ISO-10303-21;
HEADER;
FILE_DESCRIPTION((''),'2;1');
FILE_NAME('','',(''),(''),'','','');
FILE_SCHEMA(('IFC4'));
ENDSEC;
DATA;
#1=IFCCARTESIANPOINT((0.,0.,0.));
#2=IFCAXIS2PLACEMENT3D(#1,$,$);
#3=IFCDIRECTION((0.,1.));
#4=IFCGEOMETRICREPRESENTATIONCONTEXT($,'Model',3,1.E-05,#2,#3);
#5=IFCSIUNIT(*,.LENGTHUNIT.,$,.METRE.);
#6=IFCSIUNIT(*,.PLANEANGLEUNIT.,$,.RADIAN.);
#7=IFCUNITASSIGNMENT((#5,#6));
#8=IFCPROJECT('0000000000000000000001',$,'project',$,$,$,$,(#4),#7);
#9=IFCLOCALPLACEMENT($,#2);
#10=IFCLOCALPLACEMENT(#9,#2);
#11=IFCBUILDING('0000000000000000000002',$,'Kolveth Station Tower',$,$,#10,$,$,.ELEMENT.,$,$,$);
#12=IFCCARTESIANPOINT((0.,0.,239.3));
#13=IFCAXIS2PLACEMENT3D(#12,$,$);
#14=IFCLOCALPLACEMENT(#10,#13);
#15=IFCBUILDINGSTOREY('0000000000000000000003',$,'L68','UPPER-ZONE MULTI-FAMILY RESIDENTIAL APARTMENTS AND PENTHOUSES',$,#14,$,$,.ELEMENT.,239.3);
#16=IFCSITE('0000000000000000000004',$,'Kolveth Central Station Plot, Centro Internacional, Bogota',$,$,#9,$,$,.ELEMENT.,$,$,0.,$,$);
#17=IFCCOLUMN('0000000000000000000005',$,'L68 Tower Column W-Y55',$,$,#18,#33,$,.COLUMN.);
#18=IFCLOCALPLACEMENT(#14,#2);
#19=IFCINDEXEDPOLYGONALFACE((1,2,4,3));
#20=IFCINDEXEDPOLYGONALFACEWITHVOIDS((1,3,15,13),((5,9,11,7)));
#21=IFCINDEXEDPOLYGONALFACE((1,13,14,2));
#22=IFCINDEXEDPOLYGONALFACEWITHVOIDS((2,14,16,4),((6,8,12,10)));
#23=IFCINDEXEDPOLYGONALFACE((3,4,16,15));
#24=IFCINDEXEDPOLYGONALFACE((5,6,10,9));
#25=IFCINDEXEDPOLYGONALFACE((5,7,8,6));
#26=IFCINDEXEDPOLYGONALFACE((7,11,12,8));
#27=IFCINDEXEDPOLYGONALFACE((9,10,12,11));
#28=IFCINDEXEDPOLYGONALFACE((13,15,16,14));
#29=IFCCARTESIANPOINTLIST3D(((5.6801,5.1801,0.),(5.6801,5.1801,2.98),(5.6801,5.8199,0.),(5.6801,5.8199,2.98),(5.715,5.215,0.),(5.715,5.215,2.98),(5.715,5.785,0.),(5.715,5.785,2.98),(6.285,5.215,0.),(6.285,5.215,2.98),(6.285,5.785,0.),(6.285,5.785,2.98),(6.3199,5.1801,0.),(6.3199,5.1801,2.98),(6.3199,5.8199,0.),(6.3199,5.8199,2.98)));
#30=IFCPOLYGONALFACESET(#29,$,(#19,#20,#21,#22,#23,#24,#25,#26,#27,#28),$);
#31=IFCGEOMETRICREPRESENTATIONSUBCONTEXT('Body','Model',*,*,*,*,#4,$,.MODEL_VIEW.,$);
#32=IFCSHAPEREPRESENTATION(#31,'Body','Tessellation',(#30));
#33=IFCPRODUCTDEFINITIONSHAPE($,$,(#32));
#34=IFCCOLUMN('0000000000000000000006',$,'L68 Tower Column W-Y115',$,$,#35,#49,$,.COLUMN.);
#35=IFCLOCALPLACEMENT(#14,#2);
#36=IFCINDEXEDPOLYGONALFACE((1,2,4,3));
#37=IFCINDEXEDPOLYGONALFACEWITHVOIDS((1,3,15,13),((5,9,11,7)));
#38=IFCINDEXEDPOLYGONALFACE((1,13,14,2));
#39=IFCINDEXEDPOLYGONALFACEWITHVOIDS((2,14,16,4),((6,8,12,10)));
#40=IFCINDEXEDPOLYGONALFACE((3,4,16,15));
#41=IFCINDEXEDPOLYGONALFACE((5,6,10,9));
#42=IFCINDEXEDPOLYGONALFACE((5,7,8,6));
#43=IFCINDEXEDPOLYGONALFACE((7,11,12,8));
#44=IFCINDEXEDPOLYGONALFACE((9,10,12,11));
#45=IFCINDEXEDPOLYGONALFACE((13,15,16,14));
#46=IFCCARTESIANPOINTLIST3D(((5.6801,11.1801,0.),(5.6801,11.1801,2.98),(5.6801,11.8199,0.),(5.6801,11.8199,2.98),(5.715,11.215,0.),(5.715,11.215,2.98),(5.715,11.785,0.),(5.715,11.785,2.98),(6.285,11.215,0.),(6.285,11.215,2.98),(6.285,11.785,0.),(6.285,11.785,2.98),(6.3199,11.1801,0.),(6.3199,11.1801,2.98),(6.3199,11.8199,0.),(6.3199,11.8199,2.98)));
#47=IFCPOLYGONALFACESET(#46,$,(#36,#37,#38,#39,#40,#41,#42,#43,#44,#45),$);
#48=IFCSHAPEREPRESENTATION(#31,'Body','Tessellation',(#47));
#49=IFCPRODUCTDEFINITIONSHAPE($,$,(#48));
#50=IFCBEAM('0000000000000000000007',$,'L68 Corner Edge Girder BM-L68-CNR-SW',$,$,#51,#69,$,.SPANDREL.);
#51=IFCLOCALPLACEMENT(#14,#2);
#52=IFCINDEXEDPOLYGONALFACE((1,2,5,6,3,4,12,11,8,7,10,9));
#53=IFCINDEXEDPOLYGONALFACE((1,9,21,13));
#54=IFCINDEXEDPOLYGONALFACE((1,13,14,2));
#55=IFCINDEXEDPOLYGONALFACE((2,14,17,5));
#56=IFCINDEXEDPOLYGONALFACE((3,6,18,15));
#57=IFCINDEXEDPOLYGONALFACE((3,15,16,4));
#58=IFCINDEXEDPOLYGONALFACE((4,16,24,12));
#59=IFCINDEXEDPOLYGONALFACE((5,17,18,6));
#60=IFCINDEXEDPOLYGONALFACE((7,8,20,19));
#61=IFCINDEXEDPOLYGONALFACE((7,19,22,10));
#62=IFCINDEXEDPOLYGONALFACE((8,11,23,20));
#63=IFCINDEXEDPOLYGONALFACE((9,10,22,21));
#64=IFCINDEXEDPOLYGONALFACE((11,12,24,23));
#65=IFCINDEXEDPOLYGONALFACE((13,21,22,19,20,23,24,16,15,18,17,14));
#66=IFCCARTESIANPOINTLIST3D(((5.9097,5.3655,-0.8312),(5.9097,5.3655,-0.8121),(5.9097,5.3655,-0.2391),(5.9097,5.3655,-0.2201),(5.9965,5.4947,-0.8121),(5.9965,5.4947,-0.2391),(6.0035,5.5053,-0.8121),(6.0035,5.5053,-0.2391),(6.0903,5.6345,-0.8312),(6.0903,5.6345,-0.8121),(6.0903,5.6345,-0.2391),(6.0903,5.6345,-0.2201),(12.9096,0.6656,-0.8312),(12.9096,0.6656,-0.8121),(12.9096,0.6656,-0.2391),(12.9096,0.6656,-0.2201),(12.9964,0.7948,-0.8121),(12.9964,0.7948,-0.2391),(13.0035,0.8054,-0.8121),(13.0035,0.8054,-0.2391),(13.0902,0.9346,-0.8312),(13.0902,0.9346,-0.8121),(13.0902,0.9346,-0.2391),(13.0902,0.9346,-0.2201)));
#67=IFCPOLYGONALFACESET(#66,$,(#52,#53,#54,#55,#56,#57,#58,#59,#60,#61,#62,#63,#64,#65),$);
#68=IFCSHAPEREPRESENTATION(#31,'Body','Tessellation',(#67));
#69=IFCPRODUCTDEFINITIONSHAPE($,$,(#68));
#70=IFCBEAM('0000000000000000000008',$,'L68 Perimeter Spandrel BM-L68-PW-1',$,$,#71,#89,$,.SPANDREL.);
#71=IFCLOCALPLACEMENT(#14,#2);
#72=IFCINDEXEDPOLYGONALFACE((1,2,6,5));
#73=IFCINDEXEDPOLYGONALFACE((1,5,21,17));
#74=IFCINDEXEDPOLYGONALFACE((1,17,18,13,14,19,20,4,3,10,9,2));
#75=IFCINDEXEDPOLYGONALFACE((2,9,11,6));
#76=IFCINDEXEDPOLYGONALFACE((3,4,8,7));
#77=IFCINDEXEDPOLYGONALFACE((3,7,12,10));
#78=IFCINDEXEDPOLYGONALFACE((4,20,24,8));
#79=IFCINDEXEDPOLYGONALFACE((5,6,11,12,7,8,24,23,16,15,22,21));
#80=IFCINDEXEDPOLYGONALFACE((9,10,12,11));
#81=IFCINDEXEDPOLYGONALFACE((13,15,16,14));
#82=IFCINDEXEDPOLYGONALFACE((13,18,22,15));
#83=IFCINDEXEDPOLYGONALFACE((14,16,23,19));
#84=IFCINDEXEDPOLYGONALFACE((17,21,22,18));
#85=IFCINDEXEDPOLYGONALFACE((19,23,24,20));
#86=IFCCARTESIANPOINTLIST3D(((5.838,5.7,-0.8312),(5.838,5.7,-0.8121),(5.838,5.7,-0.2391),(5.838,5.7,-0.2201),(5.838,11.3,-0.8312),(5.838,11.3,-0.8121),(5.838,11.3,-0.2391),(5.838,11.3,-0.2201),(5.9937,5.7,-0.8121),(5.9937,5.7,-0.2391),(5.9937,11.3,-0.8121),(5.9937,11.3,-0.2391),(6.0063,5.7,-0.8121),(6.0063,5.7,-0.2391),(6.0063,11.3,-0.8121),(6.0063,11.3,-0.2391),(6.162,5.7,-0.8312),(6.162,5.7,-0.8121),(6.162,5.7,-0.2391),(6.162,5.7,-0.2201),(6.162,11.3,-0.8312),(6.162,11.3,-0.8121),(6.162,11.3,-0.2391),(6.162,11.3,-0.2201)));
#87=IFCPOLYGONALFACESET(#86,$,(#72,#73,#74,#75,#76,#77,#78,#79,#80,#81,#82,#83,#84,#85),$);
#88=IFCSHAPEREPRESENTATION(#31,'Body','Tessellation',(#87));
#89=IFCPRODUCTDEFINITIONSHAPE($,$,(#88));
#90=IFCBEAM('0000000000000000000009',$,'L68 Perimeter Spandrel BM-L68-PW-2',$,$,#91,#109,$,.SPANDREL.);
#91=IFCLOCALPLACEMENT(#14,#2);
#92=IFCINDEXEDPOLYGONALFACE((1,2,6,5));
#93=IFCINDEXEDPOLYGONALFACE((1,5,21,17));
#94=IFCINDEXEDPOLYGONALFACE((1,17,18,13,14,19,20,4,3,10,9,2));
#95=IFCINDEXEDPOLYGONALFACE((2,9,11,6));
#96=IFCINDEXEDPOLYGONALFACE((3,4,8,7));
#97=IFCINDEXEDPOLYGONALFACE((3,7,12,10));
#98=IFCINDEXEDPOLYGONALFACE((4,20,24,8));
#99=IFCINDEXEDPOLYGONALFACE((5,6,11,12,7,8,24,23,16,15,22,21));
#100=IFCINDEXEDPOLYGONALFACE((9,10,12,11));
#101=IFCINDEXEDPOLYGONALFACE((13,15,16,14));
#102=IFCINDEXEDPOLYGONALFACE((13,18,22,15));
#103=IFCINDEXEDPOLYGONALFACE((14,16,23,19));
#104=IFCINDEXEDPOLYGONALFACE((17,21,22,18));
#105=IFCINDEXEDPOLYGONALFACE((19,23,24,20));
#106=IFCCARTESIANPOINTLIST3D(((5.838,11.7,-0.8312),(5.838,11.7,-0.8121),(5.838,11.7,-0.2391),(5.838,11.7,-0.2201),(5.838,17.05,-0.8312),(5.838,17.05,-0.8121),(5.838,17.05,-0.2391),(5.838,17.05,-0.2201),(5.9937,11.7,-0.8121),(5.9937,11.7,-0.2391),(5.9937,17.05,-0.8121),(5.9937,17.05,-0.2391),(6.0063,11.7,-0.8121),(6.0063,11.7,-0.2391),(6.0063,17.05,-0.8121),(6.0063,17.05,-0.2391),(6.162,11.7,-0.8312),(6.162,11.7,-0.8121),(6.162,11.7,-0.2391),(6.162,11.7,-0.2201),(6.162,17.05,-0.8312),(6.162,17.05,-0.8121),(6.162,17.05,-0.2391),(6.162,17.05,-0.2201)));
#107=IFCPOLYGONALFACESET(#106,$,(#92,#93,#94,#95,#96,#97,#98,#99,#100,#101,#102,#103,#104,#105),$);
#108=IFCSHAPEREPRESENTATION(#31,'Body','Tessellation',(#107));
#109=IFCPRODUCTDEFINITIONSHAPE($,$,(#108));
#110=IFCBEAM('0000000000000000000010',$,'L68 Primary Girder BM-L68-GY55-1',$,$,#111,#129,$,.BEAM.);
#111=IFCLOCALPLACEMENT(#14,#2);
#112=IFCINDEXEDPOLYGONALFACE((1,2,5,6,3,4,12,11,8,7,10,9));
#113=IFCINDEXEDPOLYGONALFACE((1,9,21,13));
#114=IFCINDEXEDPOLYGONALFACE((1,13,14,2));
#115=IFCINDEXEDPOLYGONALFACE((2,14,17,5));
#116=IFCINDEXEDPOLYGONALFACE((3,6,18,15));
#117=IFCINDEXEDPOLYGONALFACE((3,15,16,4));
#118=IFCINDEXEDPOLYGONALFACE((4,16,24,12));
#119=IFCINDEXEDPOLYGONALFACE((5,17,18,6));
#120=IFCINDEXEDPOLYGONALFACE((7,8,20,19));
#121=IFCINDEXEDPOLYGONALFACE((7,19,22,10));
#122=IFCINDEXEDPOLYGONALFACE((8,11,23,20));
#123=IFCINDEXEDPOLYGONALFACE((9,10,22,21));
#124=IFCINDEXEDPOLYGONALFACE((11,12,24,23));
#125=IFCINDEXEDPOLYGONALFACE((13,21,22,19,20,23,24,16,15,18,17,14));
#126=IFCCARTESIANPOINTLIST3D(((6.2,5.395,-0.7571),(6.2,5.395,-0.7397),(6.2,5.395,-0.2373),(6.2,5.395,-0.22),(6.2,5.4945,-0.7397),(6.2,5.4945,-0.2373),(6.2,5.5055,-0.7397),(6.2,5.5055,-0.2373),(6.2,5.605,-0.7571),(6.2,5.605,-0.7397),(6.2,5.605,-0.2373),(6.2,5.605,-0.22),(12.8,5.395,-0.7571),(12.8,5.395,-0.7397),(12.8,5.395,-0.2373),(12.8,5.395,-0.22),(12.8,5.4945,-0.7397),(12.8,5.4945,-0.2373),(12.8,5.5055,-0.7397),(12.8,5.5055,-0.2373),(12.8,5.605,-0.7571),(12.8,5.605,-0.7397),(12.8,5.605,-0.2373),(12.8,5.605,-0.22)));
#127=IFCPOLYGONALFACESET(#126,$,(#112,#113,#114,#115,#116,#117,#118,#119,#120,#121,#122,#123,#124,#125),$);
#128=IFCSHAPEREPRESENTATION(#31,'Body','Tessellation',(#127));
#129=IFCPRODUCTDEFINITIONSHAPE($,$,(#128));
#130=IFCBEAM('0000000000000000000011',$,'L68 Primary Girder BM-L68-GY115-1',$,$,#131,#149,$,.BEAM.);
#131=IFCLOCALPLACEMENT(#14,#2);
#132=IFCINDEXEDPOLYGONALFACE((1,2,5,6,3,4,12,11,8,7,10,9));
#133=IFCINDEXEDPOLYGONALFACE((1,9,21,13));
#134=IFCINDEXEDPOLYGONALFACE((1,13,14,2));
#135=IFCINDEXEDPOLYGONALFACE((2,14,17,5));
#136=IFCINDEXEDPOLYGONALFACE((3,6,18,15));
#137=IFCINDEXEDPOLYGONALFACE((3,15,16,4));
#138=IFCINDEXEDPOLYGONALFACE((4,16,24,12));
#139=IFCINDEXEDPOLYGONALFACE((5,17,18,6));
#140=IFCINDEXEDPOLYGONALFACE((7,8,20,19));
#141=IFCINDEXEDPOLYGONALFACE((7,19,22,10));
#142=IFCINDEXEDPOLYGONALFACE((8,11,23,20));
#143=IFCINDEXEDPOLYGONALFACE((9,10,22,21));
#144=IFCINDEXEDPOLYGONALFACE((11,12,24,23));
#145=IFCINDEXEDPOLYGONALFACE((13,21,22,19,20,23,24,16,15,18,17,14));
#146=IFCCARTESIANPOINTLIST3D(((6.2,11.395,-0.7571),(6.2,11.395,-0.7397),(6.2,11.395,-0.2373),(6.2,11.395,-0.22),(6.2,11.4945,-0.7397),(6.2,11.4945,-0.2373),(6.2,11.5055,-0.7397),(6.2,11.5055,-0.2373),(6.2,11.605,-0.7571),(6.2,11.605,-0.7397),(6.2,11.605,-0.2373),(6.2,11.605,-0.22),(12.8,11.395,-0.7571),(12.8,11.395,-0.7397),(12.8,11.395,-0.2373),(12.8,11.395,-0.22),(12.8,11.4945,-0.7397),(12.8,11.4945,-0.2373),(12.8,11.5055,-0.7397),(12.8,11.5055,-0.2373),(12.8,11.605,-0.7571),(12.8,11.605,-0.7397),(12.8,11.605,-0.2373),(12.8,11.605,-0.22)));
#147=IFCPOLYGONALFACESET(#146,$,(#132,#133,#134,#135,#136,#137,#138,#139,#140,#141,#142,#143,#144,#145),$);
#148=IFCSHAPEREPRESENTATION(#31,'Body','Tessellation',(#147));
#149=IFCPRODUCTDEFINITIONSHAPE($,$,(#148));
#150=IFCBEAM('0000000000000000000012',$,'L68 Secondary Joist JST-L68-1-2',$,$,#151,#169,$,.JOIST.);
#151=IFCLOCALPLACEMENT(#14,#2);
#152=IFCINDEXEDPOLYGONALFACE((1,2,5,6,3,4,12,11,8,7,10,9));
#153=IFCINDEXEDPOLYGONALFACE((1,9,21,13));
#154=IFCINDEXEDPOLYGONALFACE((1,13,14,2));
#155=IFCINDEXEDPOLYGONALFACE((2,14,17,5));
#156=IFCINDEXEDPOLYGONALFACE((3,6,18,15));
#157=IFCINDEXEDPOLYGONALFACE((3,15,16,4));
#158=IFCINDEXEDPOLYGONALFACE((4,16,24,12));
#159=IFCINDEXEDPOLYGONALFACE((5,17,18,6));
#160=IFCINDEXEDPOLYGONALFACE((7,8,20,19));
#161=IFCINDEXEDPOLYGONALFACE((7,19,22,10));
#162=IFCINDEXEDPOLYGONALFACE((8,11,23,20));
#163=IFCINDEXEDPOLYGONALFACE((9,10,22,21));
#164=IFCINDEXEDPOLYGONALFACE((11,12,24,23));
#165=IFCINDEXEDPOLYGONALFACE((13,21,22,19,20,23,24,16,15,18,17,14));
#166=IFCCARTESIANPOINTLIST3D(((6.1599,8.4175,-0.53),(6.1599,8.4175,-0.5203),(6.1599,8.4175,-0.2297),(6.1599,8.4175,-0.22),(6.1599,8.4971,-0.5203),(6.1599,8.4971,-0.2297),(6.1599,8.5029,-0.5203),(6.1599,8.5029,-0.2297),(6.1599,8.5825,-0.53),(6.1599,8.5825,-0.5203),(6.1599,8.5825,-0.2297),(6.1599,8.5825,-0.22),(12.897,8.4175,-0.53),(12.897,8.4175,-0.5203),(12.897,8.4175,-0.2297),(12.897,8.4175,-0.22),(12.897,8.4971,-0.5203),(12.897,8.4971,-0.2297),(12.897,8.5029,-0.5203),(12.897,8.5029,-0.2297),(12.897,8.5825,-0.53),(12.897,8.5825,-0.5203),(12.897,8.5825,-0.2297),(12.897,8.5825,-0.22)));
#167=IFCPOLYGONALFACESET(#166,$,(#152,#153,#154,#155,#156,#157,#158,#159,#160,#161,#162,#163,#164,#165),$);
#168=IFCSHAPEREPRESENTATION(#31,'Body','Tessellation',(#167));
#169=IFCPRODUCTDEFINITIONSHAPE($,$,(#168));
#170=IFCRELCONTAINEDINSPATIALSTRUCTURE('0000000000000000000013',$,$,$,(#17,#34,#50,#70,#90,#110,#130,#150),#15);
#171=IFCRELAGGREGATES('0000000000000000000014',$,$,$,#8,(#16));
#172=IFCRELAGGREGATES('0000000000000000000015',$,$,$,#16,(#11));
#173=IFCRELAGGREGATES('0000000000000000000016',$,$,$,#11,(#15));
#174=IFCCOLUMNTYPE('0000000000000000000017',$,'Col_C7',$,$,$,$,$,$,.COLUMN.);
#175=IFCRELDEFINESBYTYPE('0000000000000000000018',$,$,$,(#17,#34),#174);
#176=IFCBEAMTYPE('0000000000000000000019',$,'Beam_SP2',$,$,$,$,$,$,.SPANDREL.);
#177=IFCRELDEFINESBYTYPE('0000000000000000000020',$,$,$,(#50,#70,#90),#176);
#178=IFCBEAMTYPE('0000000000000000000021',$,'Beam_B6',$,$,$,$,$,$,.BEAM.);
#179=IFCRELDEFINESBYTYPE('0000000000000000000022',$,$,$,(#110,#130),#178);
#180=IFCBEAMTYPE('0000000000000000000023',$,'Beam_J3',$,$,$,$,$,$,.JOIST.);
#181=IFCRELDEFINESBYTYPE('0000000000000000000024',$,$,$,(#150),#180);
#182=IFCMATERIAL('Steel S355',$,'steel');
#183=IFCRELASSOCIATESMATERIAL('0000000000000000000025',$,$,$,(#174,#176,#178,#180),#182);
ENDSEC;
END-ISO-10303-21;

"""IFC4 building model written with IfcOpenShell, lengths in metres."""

from ifc_helpers import new_model, si_unit, direction, frame, origin, origin_2d, place, context, subcontext, project, spatial, hollow_rectangle, i_section, extrude, source, transform, mapped, material, material_profile, profile_set, type_object, element, save


model = new_model("IFC4")

# Units and contexts
model_context = context("Model", 3, precision=1e-05, world=origin(), true_north=direction((0.0, 1.0)))
body_context = subcontext(model_context, "Body", "Model", "MODEL_VIEW")
ifc_project = project(units=[si_unit("LENGTHUNIT", "METRE"), si_unit("PLANEANGLEUNIT", "RADIAN")], contexts=[model_context])

# Site, building, storey
site_placement = place(None, origin())
site = spatial("IfcSite", under=ifc_project, at=site_placement, Name="Kolveth Central Station Plot, Centro Internacional, Bogota", CompositionType="ELEMENT", RefElevation=0.0)
building_placement = place(site_placement, origin())
building = spatial("IfcBuilding", under=site, at=building_placement, Name="Kolveth Station Tower", CompositionType="ELEMENT")
storey_placement = place(building_placement, frame((0.0, 0.0, 239.3)))
storey = spatial("IfcBuildingStorey", under=building, at=storey_placement, Name="L68", Description="UPPER-ZONE MULTI-FAMILY RESIDENTIAL APARTMENTS AND PENTHOUSES", CompositionType="ELEMENT", Elevation=239.3)

# Columns
ifc_material_1 = material(Name="Steel S355", Category="steel")
ifc_material_profile_1 = material_profile(ifc_material_1, hollow_rectangle(XDim=0.6399, YDim=0.6399, WallThickness=0.0349, at=origin_2d()), Name="BOX640x640x35")
ifc_profile_set_1 = profile_set([ifc_material_profile_1], Name="Steel S355")
column_type = type_object("IfcColumnType", Name="Col_C7", PredefinedType="COLUMN", material=ifc_profile_set_1)
shared_shape_1 = source(origin(), body_context, "Body", "SweptSolid", [
    extrude(hollow_rectangle(XDim=0.6399, YDim=0.6399, WallThickness=0.0349, at=origin_2d()), origin(), (0.0, 0.0, 1.0), 2.98),
])
for number, where, z_axis, x_axis, name in (
    (1, (6.0, 5.5, 0.0), (0.0, 0.0, 1.0), (1.0, 0.0, 0.0), "L68 Tower Column W-Y55"),
    (2, (6.0, 11.5, 0.0), (0.0, 0.0, 1.0), (1.0, 0.0, 0.0), "L68 Tower Column W-Y115"),
):
    element("IfcColumn", number, at=place(storey_placement, frame(where, z_axis=z_axis, x_axis=x_axis)), inside=storey, type_object=column_type, Name=name, PredefinedType="COLUMN", context=body_context, shape_type="MappedRepresentation", body=[
        mapped(shared_shape_1, transform((0.0, 0.0, 0.0), x_axis=(1.0, 0.0, 0.0), y_axis=(0.0, 1.0, 0.0), z_axis=(0.0, 0.0, 1.0), scale=1.0)),
    ])

# Beams
ifc_material_profile_2 = material_profile(ifc_material_1, i_section(OverallWidth=0.324, OverallDepth=0.6111, WebThickness=0.0127, FlangeThickness=0.019, at=origin_2d()), Name="W610x155")
ifc_profile_set_2 = profile_set([ifc_material_profile_2], Name="Steel S355")
beam_type_1 = type_object("IfcBeamType", Name="Beam_SP2", PredefinedType="SPANDREL", material=ifc_profile_set_2)
shared_shape_2 = source(origin(), body_context, "Body", "SweptSolid", [
    extrude(i_section(OverallWidth=0.324, OverallDepth=0.6111, WebThickness=0.0127, FlangeThickness=0.019, at=origin_2d()), origin(), (0.0, 0.0, 1.0), 8.4314),
])
beam_1_placement = place(storey_placement, frame((6.0, 5.5, -0.5256), z_axis=(0.830224, -0.55743, 0.0), x_axis=(0.55743, 0.830224, 0.0)))
element("IfcBeam", 3, at=beam_1_placement, inside=storey, type_object=beam_type_1, Name="L68 Corner Edge Girder BM-L68-CNR-SW", PredefinedType="SPANDREL", context=body_context, shape_type="MappedRepresentation", body=[
    mapped(shared_shape_2, transform((0.0, 0.0, 0.0), x_axis=(1.0, 0.0, 0.0), y_axis=(0.0, 1.0, 0.0), z_axis=(0.0, 0.0, 1.0), scale=1.0)),
])
shared_shape_3 = source(origin(), body_context, "Body", "SweptSolid", [
    extrude(i_section(OverallWidth=0.324, OverallDepth=0.6111, WebThickness=0.0127, FlangeThickness=0.019, at=origin_2d()), origin(), (0.0, 0.0, 1.0), 5.6001),
])
beam_2_placement = place(storey_placement, frame((6.0, 5.7, -0.5256), z_axis=(0.0, 1.0, 0.0), x_axis=(-1.0, 0.0, 0.0)))
element("IfcBeam", 4, at=beam_2_placement, inside=storey, type_object=beam_type_1, Name="L68 Perimeter Spandrel BM-L68-PW-1", PredefinedType="SPANDREL", context=body_context, shape_type="MappedRepresentation", body=[
    mapped(shared_shape_3, transform((0.0, 0.0, 0.0), x_axis=(1.0, 0.0, 0.0), y_axis=(0.0, 1.0, 0.0), z_axis=(0.0, 0.0, 1.0), scale=1.0)),
])
shared_shape_4 = source(origin(), body_context, "Body", "SweptSolid", [
    extrude(i_section(OverallWidth=0.324, OverallDepth=0.6111, WebThickness=0.0127, FlangeThickness=0.019, at=origin_2d()), origin(), (0.0, 0.0, 1.0), 5.3501),
])
beam_3_placement = place(storey_placement, frame((6.0, 11.7, -0.5256), z_axis=(0.0, 1.0, 0.0), x_axis=(-1.0, 0.0, 0.0)))
element("IfcBeam", 5, at=beam_3_placement, inside=storey, type_object=beam_type_1, Name="L68 Perimeter Spandrel BM-L68-PW-2", PredefinedType="SPANDREL", context=body_context, shape_type="MappedRepresentation", body=[
    mapped(shared_shape_4, transform((0.0, 0.0, 0.0), x_axis=(1.0, 0.0, 0.0), y_axis=(0.0, 1.0, 0.0), z_axis=(0.0, 0.0, 1.0), scale=1.0)),
])
ifc_material_profile_3 = material_profile(ifc_material_1, i_section(OverallWidth=0.21, OverallDepth=0.5371, WebThickness=0.011, FlangeThickness=0.0173, at=origin_2d()), Name="W530x101")
ifc_profile_set_3 = profile_set([ifc_material_profile_3], Name="Steel S355")
beam_type_2 = type_object("IfcBeamType", Name="Beam_B6", PredefinedType="BEAM", material=ifc_profile_set_3)
shared_shape_5 = source(origin(), body_context, "Body", "SweptSolid", [
    extrude(i_section(OverallWidth=0.21, OverallDepth=0.5371, WebThickness=0.011, FlangeThickness=0.0173, at=origin_2d()), origin(), (0.0, 0.0, 1.0), 6.6001),
])
for number, where, z_axis, x_axis, name in (
    (6, (6.2, 5.5, -0.4885), (1.0, 0.0, 0.0), (0.0, 1.0, 0.0), "L68 Primary Girder BM-L68-GY55-1"),
    (7, (6.2, 11.5, -0.4885), (1.0, 0.0, 0.0), (0.0, 1.0, 0.0), "L68 Primary Girder BM-L68-GY115-1"),
):
    element("IfcBeam", number, at=place(storey_placement, frame(where, z_axis=z_axis, x_axis=x_axis)), inside=storey, type_object=beam_type_2, Name=name, PredefinedType="BEAM", context=body_context, shape_type="MappedRepresentation", body=[
        mapped(shared_shape_5, transform((0.0, 0.0, 0.0), x_axis=(1.0, 0.0, 0.0), y_axis=(0.0, 1.0, 0.0), z_axis=(0.0, 0.0, 1.0), scale=1.0)),
    ])
ifc_material_profile_4 = material_profile(ifc_material_1, i_section(OverallWidth=0.165, OverallDepth=0.3101, WebThickness=0.0059, FlangeThickness=0.0098, at=origin_2d()), Name="W310x39")
ifc_profile_set_4 = profile_set([ifc_material_profile_4], Name="Steel S355")
beam_type_3 = type_object("IfcBeamType", Name="Beam_J3", PredefinedType="JOIST", material=ifc_profile_set_4)
shared_shape_6 = source(origin(), body_context, "Body", "SweptSolid", [
    extrude(i_section(OverallWidth=0.165, OverallDepth=0.3101, WebThickness=0.0059, FlangeThickness=0.0098, at=origin_2d()), origin(), (0.0, 0.0, 1.0), 6.7371),
])
for number, where, z_axis, x_axis, name in (
    (8, (6.1599, 8.5, -0.375), (1.0, 0.0, 0.0), (0.0, 1.0, 0.0), "L68 Secondary Joist JST-L68-1-2"),
):
    element("IfcBeam", number, at=place(storey_placement, frame(where, z_axis=z_axis, x_axis=x_axis)), inside=storey, type_object=beam_type_3, Name=name, PredefinedType="JOIST", context=body_context, shape_type="MappedRepresentation", body=[
        mapped(shared_shape_6, transform((0.0, 0.0, 0.0), x_axis=(1.0, 0.0, 0.0), y_axis=(0.0, 1.0, 0.0), z_axis=(0.0, 0.0, 1.0), scale=1.0)),
    ])

save(model, "model.ifc")
